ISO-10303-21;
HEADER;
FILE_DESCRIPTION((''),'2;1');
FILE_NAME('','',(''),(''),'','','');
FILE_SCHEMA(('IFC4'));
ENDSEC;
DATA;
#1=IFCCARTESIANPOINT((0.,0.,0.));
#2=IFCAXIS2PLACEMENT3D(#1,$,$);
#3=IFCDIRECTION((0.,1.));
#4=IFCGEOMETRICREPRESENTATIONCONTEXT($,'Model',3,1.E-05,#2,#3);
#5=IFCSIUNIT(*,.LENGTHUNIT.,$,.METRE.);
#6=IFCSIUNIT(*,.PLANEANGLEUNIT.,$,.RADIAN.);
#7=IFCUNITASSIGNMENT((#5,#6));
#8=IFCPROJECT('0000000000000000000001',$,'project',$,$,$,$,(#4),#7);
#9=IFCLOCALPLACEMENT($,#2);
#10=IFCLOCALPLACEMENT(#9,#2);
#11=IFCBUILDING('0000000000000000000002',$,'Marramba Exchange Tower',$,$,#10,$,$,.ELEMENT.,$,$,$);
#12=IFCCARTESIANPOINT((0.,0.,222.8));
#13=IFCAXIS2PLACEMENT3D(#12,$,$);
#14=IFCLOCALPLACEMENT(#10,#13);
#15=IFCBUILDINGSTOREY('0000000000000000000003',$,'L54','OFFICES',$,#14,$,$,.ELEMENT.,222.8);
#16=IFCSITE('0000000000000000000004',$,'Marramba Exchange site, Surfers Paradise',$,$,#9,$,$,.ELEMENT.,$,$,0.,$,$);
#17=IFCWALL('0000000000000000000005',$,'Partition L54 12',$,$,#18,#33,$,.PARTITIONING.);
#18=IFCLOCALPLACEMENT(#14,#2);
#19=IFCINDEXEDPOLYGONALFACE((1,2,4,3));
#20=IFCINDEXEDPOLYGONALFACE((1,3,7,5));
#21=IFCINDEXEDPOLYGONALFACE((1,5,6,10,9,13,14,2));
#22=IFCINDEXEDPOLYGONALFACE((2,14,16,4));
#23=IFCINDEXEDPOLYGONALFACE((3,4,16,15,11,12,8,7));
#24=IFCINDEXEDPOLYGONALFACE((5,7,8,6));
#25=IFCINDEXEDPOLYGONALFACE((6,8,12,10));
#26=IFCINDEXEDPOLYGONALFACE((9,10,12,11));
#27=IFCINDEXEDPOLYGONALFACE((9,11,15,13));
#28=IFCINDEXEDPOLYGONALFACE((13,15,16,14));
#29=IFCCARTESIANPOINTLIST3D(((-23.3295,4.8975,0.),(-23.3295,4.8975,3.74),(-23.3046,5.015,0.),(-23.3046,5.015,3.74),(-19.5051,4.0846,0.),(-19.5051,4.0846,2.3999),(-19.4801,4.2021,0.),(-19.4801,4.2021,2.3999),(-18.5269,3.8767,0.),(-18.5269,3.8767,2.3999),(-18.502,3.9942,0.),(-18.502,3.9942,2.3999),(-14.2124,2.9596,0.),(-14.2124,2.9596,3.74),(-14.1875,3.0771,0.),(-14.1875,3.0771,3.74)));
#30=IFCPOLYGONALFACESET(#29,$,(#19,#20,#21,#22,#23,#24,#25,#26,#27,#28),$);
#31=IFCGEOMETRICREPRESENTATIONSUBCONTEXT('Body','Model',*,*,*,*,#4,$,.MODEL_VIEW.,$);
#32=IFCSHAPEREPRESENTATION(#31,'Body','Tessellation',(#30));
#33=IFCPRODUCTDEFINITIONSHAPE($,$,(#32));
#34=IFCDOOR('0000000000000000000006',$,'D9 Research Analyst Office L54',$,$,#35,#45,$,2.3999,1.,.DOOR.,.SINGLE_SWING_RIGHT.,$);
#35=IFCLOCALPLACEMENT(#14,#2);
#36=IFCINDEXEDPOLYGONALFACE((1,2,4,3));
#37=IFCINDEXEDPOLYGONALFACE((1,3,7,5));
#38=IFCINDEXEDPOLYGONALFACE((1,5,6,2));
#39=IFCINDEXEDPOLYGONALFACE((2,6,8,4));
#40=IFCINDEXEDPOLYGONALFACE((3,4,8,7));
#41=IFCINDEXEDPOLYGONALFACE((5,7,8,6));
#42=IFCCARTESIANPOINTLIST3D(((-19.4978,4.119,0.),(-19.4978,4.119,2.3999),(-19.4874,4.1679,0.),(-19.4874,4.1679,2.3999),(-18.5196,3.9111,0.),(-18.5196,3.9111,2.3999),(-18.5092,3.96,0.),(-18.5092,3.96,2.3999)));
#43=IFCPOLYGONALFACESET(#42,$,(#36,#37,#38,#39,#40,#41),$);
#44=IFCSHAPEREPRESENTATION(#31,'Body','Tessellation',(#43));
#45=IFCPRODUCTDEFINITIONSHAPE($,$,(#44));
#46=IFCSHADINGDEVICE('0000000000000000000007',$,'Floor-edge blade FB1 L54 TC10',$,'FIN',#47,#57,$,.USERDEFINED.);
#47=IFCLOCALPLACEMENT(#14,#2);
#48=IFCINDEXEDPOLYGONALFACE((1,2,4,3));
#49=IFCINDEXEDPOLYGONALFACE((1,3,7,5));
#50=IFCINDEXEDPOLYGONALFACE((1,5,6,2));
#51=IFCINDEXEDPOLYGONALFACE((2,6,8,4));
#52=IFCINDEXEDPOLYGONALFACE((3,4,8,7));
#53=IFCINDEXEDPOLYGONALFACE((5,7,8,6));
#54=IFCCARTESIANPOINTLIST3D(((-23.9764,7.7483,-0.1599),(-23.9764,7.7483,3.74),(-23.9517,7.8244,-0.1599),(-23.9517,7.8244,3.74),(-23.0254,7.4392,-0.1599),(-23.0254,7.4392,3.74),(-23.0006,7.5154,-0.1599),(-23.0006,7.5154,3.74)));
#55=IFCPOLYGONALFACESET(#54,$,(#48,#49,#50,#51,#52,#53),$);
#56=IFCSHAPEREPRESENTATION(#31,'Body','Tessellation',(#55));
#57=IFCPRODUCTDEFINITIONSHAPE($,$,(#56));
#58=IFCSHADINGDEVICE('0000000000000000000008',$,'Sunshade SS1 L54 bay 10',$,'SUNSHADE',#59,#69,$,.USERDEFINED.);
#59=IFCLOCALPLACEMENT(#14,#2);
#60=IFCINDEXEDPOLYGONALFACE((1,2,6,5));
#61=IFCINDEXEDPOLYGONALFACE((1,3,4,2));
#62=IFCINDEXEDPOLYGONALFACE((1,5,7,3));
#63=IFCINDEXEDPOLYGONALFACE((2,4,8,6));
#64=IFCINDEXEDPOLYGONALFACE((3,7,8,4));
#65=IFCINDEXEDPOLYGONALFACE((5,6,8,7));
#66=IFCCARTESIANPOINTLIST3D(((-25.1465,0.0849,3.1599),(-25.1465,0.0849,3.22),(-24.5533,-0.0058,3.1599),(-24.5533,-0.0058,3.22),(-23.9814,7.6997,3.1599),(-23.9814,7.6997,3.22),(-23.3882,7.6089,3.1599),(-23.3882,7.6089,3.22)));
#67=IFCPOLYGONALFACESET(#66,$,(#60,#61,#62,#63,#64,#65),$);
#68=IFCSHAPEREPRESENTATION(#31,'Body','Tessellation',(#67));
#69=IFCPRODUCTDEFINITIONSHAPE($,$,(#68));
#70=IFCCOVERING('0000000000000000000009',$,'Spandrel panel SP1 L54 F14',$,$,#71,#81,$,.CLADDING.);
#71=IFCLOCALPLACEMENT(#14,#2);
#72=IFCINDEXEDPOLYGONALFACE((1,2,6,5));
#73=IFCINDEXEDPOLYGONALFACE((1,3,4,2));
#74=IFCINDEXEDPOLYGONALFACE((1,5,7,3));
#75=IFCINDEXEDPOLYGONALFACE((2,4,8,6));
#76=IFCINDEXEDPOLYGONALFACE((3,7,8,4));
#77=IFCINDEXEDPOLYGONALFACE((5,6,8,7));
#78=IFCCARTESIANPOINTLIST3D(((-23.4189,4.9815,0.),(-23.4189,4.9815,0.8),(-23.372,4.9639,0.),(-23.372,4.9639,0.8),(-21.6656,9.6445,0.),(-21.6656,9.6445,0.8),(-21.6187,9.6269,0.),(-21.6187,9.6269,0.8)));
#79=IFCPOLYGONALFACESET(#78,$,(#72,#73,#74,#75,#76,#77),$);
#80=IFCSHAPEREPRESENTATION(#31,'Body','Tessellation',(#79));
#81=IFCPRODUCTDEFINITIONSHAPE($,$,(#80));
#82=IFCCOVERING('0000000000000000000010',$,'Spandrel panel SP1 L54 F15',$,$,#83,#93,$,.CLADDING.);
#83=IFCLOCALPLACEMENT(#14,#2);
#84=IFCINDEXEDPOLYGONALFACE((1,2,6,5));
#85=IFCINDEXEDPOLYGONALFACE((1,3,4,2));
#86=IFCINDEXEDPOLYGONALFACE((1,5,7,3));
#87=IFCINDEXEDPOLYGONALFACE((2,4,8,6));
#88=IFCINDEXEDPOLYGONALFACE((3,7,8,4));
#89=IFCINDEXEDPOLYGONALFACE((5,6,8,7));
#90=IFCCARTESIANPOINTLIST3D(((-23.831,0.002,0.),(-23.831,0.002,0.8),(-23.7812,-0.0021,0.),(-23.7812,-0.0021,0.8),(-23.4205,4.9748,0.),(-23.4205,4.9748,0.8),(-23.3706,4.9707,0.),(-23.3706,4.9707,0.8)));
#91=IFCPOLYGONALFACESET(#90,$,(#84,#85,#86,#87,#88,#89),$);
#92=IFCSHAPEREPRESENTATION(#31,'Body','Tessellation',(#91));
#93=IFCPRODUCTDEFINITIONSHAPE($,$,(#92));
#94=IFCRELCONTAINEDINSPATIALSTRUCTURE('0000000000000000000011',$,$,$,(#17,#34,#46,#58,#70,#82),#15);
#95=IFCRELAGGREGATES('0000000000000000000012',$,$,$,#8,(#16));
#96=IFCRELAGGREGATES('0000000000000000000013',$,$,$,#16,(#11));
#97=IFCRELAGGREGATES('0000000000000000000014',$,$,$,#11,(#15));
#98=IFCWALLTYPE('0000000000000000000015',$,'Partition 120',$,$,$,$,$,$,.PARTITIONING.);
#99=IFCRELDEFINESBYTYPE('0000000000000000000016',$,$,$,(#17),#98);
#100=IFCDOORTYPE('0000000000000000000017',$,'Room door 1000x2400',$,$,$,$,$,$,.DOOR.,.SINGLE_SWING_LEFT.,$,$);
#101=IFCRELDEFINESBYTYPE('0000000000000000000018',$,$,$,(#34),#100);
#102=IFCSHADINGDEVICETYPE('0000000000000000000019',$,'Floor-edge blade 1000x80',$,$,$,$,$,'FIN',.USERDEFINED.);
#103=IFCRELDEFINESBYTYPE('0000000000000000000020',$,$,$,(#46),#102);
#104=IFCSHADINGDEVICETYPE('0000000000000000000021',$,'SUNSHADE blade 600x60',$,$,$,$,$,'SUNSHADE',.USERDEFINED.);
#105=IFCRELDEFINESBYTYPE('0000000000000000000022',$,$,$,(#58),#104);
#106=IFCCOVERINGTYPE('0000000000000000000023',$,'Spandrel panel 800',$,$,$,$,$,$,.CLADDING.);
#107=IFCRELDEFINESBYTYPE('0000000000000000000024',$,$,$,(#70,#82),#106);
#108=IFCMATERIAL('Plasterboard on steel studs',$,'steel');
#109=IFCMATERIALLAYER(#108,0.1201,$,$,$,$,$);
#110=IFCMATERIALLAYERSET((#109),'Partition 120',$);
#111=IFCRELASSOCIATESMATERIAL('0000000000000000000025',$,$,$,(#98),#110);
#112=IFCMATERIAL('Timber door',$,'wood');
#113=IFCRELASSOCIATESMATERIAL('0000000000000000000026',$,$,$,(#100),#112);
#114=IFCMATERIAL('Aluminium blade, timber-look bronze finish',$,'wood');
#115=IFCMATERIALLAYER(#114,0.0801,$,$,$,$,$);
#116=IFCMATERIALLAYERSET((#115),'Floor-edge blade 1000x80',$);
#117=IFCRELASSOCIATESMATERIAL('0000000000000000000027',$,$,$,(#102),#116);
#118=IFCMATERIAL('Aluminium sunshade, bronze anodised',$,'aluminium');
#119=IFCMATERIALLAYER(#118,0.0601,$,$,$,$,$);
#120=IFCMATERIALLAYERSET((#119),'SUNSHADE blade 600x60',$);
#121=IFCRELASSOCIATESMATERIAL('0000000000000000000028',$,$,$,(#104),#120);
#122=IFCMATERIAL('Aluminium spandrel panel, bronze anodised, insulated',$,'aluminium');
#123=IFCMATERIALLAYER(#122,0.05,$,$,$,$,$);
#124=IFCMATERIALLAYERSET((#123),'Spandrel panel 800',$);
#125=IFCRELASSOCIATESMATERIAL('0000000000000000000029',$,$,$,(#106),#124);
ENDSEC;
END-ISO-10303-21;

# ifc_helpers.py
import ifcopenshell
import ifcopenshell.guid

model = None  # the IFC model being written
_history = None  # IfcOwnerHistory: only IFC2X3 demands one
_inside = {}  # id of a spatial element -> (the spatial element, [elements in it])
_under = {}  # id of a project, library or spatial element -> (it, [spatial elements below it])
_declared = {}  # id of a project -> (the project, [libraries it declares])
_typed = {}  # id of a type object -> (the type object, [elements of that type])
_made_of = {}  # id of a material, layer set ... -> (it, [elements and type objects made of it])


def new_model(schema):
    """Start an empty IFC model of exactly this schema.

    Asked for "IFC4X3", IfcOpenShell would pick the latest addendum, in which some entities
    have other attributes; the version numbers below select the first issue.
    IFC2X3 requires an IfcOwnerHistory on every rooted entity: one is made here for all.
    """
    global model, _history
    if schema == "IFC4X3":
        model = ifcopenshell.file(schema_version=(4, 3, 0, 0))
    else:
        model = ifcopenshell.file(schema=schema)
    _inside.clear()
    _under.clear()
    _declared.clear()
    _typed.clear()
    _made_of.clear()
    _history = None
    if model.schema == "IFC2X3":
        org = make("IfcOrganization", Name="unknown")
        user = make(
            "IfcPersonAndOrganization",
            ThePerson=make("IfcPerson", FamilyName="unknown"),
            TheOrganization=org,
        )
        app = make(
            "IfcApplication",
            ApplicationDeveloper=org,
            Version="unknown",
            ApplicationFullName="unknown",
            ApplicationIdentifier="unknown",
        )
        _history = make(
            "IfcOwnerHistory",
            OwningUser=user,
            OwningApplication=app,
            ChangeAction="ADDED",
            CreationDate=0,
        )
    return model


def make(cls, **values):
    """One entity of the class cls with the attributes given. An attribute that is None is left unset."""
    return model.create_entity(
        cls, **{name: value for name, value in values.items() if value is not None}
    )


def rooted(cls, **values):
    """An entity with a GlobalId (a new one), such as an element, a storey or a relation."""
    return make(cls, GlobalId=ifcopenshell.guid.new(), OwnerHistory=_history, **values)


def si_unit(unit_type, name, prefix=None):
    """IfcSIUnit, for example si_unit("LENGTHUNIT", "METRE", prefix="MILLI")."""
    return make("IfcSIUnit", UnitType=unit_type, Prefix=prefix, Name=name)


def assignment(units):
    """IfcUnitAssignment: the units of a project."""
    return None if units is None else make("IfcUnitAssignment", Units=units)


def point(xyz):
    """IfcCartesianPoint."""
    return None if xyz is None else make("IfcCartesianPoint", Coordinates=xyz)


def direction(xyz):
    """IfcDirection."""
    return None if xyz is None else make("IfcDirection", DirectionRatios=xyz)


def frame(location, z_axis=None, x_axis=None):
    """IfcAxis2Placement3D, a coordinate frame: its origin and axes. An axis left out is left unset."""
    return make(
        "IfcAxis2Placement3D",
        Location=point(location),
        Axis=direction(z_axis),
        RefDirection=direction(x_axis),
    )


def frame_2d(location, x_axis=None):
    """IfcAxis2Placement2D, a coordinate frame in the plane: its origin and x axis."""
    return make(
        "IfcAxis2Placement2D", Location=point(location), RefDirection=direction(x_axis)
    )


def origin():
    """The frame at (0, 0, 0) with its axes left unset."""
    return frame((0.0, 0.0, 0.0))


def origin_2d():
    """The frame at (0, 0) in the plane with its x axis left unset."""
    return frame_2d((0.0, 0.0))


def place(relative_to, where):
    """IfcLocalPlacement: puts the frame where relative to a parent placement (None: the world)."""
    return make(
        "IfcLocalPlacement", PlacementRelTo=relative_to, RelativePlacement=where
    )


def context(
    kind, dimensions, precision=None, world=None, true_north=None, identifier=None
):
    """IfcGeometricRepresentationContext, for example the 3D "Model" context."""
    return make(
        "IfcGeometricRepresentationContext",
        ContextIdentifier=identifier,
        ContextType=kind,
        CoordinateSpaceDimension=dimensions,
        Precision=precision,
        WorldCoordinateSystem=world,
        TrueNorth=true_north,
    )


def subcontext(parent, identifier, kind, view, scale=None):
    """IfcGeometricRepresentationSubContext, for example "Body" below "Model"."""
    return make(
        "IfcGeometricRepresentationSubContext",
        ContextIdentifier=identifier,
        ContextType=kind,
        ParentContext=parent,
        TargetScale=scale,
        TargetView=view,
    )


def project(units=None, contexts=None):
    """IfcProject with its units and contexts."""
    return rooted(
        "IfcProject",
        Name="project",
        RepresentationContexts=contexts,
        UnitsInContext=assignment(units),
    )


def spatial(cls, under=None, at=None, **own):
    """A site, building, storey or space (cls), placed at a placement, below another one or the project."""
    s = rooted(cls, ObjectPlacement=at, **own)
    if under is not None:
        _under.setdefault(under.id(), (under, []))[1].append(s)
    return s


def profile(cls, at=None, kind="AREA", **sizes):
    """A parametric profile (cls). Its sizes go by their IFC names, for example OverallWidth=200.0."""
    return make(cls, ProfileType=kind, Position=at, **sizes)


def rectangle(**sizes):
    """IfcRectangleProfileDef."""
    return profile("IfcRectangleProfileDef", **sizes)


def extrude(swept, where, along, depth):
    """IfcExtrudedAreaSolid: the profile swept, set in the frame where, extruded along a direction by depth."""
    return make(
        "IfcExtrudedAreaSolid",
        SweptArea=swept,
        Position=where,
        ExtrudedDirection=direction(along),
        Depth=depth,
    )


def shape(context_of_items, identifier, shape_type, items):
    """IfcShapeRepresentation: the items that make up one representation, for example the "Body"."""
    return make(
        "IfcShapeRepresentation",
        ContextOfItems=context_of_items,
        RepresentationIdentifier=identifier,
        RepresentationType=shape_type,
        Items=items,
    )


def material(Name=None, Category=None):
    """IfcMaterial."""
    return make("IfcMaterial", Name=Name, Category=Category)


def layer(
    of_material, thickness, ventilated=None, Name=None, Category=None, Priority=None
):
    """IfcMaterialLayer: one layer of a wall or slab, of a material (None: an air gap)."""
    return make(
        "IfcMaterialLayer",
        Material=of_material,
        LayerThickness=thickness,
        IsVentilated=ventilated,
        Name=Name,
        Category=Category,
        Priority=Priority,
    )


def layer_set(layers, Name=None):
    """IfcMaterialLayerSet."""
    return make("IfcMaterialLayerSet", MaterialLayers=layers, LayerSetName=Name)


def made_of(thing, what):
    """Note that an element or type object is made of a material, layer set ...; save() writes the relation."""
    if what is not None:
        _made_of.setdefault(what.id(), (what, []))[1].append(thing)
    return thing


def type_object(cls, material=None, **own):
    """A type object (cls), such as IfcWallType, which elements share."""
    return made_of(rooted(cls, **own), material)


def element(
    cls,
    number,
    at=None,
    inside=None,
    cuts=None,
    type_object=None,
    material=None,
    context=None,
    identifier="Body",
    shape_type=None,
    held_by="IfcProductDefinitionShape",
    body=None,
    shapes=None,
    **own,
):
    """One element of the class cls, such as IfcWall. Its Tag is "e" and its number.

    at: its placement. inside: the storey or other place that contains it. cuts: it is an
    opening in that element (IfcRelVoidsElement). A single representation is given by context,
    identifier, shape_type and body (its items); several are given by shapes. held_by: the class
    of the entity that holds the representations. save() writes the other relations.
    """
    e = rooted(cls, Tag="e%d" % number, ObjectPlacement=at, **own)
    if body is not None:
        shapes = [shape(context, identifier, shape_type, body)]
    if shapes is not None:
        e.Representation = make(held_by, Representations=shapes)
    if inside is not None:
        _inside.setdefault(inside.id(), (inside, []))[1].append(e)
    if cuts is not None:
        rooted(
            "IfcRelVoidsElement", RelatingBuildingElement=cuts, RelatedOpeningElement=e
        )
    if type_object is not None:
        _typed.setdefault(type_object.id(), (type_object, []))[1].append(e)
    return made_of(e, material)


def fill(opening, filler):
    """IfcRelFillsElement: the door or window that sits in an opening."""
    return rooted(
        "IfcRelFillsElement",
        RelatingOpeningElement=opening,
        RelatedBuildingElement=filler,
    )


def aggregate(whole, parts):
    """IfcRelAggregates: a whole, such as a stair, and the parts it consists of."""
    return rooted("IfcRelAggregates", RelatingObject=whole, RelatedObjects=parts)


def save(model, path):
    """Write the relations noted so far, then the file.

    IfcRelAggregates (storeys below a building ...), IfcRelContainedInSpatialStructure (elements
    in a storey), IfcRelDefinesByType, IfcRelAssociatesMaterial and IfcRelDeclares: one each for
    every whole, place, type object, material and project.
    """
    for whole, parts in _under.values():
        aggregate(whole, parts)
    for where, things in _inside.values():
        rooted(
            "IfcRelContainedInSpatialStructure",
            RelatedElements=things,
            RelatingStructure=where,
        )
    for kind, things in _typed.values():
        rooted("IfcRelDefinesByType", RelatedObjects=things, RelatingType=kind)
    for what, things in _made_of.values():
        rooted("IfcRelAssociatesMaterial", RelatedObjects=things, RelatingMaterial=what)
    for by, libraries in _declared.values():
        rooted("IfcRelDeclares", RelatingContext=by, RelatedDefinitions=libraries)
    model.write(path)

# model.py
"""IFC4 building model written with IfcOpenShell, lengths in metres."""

from ifc_helpers import new_model, si_unit, direction, frame, frame_2d, origin, origin_2d, place, context, subcontext, project, spatial, rectangle, extrude, material, layer, layer_set, type_object, element, fill, save


model = new_model("IFC4")

# Units and contexts
model_context = context("Model", 3, precision=1e-05, world=origin(), true_north=direction((0.0, 1.0)))
body_context = subcontext(model_context, "Body", "Model", "MODEL_VIEW")
ifc_project = project(units=[si_unit("LENGTHUNIT", "METRE"), si_unit("PLANEANGLEUNIT", "RADIAN")], contexts=[model_context])

# Site, building, storey
site_placement = place(None, origin())
site = spatial("IfcSite", under=ifc_project, at=site_placement, Name="Marramba Exchange site, Surfers Paradise", CompositionType="ELEMENT", RefElevation=0.0)
building_placement = place(site_placement, origin())
building = spatial("IfcBuilding", under=site, at=building_placement, Name="Marramba Exchange Tower", CompositionType="ELEMENT")
storey_placement = place(building_placement, frame((0.0, 0.0, 222.8)))
storey = spatial("IfcBuildingStorey", under=building, at=storey_placement, Name="L54", Description="OFFICES", CompositionType="ELEMENT", Elevation=222.8)

# Wall, opening, door
ifc_material_1 = material(Name="Plasterboard on steel studs", Category="steel")
ifc_layer_1 = layer(ifc_material_1, 0.1201)
ifc_layer_set_1 = layer_set([ifc_layer_1], Name="Partition 120")
wall_type_1 = type_object("IfcWallType", Name="Partition 120", PredefinedType="PARTITIONING", material=ifc_layer_set_1)
wall_1_placement = place(storey_placement, frame((-14.2, 3.0183, 0.0), z_axis=(0.0, 0.0, 1.0), x_axis=(-0.978146, 0.207919, 0.0)))
wall_1 = element("IfcWall", 1, at=wall_1_placement, inside=storey, type_object=wall_type_1, Name="Partition L54 12", PredefinedType="PARTITIONING", context=body_context, shape_type="SweptSolid", body=[
    extrude(rectangle(XDim=9.3208, YDim=0.1201, at=frame_2d((4.6604, 0.0))), origin(), (0.0, 0.0, 1.0), 3.74),
])
opening_1_placement = place(wall_1_placement, frame((4.4109, 0.0, 0.0)))
opening_1 = element("IfcOpeningElement", 2, at=opening_1_placement, cuts=wall_1, PredefinedType="OPENING", context=body_context, shape_type="SweptSolid", body=[
    extrude(rectangle(XDim=1.0, YDim=2.3999, at=frame_2d((0.5, 1.2))), frame((0.0, 0.0701, 0.0), z_axis=(0.0, -1.0, 0.0), x_axis=(1.0, 0.0, 0.0)), (0.0, 0.0, 1.0), 0.1401),
])
ifc_material_2 = material(Name="Timber door", Category="wood")
door_type_1 = type_object("IfcDoorType", Name="Room door 1000x2400", OperationType="SINGLE_SWING_LEFT", PredefinedType="DOOR", material=ifc_material_2)
door_1_placement = place(opening_1_placement, origin())
door_1 = element("IfcDoor", 3, at=door_1_placement, inside=storey, type_object=door_type_1, Name="D9 Research Analyst Office L54", OperationType="SINGLE_SWING_RIGHT", OverallHeight=2.3999, OverallWidth=1.0, PredefinedType="DOOR", context=body_context, shape_type="SweptSolid", body=[
    extrude(rectangle(XDim=1.0, YDim=2.3999, at=frame_2d((0.5, 1.2))), frame((0.0, 0.0249, 0.0), z_axis=(0.0, -1.0, 0.0), x_axis=(1.0, 0.0, 0.0)), (0.0, 0.0, 1.0), 0.05),
])
fill(opening_1, door_1)

# Shading devices
ifc_material_3 = material(Name="Aluminium blade, timber-look bronze finish", Category="wood")
ifc_layer_2 = layer(ifc_material_3, 0.0801)
ifc_layer_set_2 = layer_set([ifc_layer_2], Name="Floor-edge blade 1000x80")
shading_device_type_1 = type_object("IfcShadingDeviceType", Name="Floor-edge blade 1000x80", ElementType="FIN", PredefinedType="USERDEFINED", material=ifc_layer_set_2)
shading_device_1_placement = place(storey_placement, frame((-23.4885, 7.6318, -0.1599), z_axis=(0.0, 0.0, 1.0), x_axis=(-0.951057, 0.309017, 0.0)))
element("IfcShadingDevice", 4, at=shading_device_1_placement, inside=storey, type_object=shading_device_type_1, Name="Floor-edge blade FB1 L54 TC10", ObjectType="FIN", PredefinedType="USERDEFINED", context=body_context, shape_type="SweptSolid", body=[
    extrude(rectangle(XDim=1.0, YDim=0.0801, at=origin_2d()), origin(), (0.0, 0.0, 1.0), 3.8999),
])
ifc_material_4 = material(Name="Aluminium sunshade, bronze anodised", Category="aluminium")
ifc_layer_3 = layer(ifc_material_4, 0.0601)
ifc_layer_set_3 = layer_set([ifc_layer_3], Name="SUNSHADE blade 600x60")
shading_device_type_2 = type_object("IfcShadingDeviceType", Name="SUNSHADE blade 600x60", ElementType="SUNSHADE", PredefinedType="USERDEFINED", material=ifc_layer_set_3)
shading_device_2_placement = place(storey_placement, frame((-24.2673, 3.8469, 3.1599), z_axis=(0.0, 0.0, 1.0), x_axis=(-0.151241, -0.988497, 0.0)))
element("IfcShadingDevice", 5, at=shading_device_2_placement, inside=storey, type_object=shading_device_type_2, Name="Sunshade SS1 L54 bay 10", ObjectType="SUNSHADE", PredefinedType="USERDEFINED", context=body_context, shape_type="SweptSolid", body=[
    extrude(rectangle(XDim=7.7034, YDim=0.6001, at=origin_2d()), origin(), (0.0, 0.0, 1.0), 0.0601),
])

# Coverings
ifc_material_5 = material(Name="Aluminium spandrel panel, bronze anodised, insulated", Category="aluminium")
ifc_layer_4 = layer(ifc_material_5, 0.05)
ifc_layer_set_4 = layer_set([ifc_layer_4], Name="Spandrel panel 800")
covering_type = type_object("IfcCoveringType", Name="Spandrel panel 800", PredefinedType="CLADDING", material=ifc_layer_set_4)
covering_1_placement = place(storey_placement, frame((-22.5188, 7.3042, 0.0), z_axis=(0.0, 0.0, 1.0), x_axis=(-0.351952, -0.936018, 0.0)))
element("IfcCovering", 6, at=covering_1_placement, inside=storey, type_object=covering_type, Name="Spandrel panel SP1 L54 F14", PredefinedType="CLADDING", context=body_context, shape_type="SweptSolid", body=[
    extrude(rectangle(XDim=4.9817, YDim=0.05, at=origin_2d()), origin(), (0.0, 0.0, 1.0), 0.8),
])
covering_2_placement = place(storey_placement, frame((-23.6008, 2.4863, 0.0), z_axis=(0.0, 0.0, 1.0), x_axis=(-0.082281, -0.996609, 0.0)))
element("IfcCovering", 7, at=covering_2_placement, inside=storey, type_object=covering_type, Name="Spandrel panel SP1 L54 F15", PredefinedType="CLADDING", context=body_context, shape_type="SweptSolid", body=[
    extrude(rectangle(XDim=4.9897, YDim=0.05, at=origin_2d()), origin(), (0.0, 0.0, 1.0), 0.8),
])

save(model, "model.ifc")
